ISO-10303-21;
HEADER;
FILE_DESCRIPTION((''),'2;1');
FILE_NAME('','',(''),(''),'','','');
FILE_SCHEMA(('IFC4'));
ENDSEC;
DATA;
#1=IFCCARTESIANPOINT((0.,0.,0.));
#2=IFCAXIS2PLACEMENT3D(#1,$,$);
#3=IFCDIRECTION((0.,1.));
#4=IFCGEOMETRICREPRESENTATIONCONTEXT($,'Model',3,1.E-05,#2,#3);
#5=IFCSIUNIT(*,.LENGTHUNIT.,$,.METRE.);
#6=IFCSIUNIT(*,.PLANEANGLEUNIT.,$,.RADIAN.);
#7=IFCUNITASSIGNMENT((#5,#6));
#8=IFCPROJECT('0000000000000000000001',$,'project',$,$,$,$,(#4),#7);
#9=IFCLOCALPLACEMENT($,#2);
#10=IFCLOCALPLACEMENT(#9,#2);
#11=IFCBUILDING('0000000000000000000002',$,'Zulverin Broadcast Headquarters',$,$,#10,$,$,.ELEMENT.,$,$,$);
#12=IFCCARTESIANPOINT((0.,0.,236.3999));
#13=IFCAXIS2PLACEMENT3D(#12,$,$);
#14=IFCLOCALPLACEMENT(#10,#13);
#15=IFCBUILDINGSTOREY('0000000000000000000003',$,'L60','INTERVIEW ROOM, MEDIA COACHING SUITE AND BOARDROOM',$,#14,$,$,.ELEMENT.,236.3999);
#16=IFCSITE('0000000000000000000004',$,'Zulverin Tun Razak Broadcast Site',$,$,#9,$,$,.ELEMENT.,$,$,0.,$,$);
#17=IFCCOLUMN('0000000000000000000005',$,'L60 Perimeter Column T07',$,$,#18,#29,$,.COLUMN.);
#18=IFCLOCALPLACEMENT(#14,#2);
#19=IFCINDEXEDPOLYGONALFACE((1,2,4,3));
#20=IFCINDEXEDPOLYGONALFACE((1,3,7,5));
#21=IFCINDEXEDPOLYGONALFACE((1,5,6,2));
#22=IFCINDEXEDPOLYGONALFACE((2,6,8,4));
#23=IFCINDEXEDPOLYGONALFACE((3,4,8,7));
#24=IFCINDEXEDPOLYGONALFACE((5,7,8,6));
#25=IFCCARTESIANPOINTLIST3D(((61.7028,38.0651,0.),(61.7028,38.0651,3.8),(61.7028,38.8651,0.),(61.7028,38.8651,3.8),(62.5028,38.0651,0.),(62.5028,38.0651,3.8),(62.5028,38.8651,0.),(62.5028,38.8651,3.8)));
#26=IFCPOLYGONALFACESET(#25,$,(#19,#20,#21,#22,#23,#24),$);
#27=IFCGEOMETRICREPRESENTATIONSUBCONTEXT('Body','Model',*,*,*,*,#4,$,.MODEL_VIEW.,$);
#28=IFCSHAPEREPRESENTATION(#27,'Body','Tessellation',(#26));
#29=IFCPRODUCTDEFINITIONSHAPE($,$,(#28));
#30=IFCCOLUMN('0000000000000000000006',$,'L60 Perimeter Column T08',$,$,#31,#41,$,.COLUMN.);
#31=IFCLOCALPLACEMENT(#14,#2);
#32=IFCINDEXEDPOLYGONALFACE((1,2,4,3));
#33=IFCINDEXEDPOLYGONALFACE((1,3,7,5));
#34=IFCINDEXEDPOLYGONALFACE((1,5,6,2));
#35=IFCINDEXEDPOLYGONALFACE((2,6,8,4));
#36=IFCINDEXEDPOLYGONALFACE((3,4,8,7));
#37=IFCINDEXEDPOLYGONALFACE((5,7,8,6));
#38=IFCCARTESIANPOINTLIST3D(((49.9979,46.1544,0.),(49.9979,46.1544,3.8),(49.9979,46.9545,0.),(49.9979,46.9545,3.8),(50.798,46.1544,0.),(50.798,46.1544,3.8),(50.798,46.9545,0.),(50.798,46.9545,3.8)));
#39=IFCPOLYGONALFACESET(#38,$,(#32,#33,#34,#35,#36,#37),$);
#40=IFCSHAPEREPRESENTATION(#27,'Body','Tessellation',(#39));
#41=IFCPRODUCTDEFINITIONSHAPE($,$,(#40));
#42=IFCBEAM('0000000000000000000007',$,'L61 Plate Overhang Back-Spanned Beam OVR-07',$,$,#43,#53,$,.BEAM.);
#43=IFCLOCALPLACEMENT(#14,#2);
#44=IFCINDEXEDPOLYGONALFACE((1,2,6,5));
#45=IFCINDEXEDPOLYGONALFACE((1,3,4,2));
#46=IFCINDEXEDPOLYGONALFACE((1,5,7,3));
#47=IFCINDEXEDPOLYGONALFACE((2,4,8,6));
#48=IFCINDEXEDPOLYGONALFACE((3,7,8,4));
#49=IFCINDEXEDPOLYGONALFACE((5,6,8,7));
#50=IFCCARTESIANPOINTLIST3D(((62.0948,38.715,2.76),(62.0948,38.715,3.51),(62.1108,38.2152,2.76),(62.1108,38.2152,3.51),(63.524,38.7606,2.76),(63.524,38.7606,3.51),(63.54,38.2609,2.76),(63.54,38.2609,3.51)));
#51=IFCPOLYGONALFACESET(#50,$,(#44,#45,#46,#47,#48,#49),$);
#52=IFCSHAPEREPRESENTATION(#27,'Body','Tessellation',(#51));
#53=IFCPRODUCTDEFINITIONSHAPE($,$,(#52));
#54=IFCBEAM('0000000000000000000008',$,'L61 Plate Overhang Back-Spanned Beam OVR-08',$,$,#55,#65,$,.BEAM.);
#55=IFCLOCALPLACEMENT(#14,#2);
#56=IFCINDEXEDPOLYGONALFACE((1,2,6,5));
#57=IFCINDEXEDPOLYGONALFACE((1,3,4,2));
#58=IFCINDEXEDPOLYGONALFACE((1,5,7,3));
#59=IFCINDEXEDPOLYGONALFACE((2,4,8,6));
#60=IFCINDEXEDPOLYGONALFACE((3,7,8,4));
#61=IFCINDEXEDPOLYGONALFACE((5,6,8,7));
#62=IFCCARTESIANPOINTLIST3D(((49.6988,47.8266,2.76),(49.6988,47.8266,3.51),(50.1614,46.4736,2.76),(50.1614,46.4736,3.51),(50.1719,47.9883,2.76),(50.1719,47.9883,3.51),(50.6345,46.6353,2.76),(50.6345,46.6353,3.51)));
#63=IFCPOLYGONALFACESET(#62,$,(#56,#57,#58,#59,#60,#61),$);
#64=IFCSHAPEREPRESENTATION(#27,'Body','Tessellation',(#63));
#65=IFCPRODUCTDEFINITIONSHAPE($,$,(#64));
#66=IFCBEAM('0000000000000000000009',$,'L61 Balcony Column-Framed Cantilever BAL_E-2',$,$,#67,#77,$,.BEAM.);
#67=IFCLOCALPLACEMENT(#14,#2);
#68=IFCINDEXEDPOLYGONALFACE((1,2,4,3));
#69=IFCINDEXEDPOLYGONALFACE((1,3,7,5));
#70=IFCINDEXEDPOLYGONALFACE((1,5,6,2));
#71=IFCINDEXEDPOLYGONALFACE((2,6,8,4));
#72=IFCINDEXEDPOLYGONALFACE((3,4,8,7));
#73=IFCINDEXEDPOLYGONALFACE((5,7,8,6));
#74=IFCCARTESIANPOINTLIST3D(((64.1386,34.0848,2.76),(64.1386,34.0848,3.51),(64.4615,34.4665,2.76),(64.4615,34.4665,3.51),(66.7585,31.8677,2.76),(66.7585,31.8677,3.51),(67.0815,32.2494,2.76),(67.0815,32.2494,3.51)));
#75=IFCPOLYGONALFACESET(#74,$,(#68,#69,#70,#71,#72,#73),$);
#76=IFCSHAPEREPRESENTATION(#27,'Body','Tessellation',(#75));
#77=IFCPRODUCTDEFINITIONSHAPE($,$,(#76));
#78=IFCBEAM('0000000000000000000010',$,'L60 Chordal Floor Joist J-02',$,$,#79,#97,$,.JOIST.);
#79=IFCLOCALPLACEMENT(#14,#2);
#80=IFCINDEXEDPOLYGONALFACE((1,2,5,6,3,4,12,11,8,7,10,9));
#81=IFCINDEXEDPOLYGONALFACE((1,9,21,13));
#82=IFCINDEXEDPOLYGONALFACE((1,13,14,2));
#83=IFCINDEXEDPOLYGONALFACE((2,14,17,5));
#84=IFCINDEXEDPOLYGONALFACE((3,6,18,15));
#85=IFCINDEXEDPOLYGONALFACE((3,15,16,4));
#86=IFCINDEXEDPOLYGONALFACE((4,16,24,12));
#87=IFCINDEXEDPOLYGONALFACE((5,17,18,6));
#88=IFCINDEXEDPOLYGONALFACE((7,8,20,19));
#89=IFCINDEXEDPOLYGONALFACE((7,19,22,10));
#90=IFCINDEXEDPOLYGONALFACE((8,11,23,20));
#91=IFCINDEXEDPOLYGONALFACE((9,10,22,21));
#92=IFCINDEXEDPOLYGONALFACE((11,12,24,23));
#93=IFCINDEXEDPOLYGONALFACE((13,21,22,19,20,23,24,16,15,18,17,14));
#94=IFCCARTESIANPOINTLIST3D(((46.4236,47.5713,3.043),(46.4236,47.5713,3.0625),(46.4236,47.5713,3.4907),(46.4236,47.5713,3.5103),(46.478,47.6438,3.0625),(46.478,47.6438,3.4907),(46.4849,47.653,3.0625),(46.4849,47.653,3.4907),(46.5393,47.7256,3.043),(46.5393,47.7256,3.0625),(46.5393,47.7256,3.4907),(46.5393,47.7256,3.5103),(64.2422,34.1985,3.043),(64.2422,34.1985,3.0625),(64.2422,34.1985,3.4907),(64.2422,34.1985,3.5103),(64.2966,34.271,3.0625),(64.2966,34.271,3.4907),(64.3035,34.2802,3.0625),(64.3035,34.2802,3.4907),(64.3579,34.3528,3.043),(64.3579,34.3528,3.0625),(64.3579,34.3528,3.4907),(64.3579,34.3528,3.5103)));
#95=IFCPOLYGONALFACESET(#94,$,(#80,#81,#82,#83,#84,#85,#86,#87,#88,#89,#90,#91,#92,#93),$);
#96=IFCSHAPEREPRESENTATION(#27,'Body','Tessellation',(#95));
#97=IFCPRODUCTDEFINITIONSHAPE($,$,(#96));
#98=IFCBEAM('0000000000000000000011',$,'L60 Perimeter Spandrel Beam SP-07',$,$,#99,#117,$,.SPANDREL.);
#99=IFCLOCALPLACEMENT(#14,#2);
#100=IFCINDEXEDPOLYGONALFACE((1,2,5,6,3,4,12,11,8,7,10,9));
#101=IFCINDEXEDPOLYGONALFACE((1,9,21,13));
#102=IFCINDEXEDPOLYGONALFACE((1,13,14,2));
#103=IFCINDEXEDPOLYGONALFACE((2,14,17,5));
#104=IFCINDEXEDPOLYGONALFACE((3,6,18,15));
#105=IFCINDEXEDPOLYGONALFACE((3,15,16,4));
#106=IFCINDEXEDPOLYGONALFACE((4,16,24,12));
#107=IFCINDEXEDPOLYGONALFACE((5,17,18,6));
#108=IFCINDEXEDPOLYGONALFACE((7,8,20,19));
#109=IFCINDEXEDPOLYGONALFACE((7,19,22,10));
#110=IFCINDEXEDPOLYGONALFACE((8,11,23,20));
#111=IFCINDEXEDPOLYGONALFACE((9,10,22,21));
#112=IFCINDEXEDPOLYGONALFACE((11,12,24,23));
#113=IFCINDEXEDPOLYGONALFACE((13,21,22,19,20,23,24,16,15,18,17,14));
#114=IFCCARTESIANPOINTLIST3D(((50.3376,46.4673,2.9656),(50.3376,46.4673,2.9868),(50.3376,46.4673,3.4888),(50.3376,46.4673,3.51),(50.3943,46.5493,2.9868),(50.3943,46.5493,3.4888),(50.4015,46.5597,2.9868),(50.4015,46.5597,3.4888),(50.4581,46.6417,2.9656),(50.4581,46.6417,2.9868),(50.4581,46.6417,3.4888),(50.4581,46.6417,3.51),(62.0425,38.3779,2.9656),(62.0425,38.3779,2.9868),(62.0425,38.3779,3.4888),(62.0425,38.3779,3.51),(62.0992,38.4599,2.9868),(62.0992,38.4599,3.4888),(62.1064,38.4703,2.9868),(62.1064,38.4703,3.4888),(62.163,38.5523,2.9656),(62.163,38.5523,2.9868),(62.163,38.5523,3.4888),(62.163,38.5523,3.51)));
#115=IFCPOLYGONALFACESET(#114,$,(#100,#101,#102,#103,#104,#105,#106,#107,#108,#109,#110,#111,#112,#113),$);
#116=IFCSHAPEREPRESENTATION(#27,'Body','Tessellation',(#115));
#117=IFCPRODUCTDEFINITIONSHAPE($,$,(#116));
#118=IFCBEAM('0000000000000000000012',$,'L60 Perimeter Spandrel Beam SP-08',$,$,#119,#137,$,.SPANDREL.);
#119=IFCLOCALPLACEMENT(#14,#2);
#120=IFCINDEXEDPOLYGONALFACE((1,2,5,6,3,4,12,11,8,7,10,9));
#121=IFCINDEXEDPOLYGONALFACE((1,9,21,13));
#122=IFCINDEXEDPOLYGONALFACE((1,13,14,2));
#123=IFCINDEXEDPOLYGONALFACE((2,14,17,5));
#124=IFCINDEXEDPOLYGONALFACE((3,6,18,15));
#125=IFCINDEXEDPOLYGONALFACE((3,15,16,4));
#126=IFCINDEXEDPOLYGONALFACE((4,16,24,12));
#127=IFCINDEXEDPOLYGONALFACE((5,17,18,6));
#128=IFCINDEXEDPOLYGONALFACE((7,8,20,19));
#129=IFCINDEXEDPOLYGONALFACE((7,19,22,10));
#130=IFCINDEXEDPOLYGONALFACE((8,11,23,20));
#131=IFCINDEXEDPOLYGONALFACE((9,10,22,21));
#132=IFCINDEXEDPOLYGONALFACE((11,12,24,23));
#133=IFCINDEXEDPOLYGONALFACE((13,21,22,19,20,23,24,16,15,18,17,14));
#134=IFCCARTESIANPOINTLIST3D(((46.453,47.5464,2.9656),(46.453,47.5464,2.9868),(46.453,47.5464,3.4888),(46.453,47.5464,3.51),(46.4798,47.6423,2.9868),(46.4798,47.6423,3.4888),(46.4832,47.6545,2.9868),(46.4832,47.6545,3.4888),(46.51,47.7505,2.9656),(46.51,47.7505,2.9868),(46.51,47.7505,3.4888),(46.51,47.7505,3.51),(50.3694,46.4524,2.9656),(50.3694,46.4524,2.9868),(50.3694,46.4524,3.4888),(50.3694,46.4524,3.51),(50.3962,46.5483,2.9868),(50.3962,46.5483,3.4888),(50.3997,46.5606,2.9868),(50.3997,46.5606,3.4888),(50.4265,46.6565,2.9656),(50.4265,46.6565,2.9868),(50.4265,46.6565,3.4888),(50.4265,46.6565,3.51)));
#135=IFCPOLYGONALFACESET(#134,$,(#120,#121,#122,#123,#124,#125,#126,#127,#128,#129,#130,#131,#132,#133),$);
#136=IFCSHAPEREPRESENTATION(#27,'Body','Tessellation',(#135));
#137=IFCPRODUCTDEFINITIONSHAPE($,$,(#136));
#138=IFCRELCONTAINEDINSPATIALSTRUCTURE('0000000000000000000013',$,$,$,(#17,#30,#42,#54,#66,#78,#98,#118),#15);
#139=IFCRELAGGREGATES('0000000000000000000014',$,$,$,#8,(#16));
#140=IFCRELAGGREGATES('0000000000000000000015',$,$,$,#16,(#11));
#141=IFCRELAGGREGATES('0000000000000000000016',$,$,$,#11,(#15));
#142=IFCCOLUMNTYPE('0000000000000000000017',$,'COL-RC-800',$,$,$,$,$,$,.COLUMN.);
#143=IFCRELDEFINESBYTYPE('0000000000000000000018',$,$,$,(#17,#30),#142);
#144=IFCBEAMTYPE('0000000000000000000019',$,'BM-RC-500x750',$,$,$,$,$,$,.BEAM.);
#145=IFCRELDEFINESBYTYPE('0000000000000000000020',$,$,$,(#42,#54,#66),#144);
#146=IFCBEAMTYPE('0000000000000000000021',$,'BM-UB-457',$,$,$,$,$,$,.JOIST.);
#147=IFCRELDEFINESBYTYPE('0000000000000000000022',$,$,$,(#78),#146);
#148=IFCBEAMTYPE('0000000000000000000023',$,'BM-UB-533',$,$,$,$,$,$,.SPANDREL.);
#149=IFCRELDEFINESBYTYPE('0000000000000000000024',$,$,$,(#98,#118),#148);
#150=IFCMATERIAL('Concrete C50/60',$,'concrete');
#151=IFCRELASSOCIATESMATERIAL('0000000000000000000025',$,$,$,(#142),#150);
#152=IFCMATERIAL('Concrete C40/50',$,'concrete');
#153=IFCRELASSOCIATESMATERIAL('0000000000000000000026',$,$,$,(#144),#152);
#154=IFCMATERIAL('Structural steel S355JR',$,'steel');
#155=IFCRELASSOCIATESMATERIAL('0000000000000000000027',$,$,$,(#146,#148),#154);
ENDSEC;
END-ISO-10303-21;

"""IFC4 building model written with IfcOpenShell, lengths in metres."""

from ifc_helpers import new_model, si_unit, direction, frame, origin, origin_2d, place, context, subcontext, project, spatial, rectangle, i_section, extrude, material, material_profile, profile_set, type_object, element, save


model = new_model("IFC4")

# Units and contexts
model_context = context("Model", 3, precision=1e-05, world=origin(), true_north=direction((0.0, 1.0)))
body_context = subcontext(model_context, "Body", "Model", "MODEL_VIEW")
ifc_project = project(units=[si_unit("LENGTHUNIT", "METRE"), si_unit("PLANEANGLEUNIT", "RADIAN")], contexts=[model_context])

# Site, building, storey
site_placement = place(None, origin())
site = spatial("IfcSite", under=ifc_project, at=site_placement, Name="Zulverin Tun Razak Broadcast Site", CompositionType="ELEMENT", RefElevation=0.0)
building_placement = place(site_placement, origin())
building = spatial("IfcBuilding", under=site, at=building_placement, Name="Zulverin Broadcast Headquarters", CompositionType="ELEMENT")
storey_placement = place(building_placement, frame((0.0, 0.0, 236.3999)))
storey = spatial("IfcBuildingStorey", under=building, at=storey_placement, Name="L60", Description="INTERVIEW ROOM, MEDIA COACHING SUITE AND BOARDROOM", CompositionType="ELEMENT", Elevation=236.3999)

# Columns
ifc_material_1 = material(Name="Concrete C50/60", Category="concrete")
ifc_material_profile_1 = material_profile(ifc_material_1, rectangle(XDim=0.8, YDim=0.8, at=origin_2d()), Name="Concrete C50/60", Category="concrete")
ifc_profile_set_1 = profile_set([ifc_material_profile_1], Name="Concrete C50/60")
column_type = type_object("IfcColumnType", Name="COL-RC-800", PredefinedType="COLUMN", material=ifc_profile_set_1)
for number, where, z_axis, x_axis, name in (
    (1, (62.1028, 38.4651, 0.0), (0.0, 0.0, 1.0), (1.0, 0.0, 0.0), "L60 Perimeter Column T07"),
    (2, (50.3979, 46.5544, 0.0), (0.0, 0.0, 1.0), (1.0, 0.0, 0.0), "L60 Perimeter Column T08"),
):
    element("IfcColumn", number, at=place(storey_placement, frame(where, z_axis=z_axis, x_axis=x_axis)), inside=storey, type_object=column_type, Name=name, PredefinedType="COLUMN", context=body_context, shape_type="SweptSolid", body=[
        extrude(rectangle(XDim=0.8, YDim=0.8, at=origin_2d()), origin(), (0.0, 0.0, 1.0), 3.8),
    ])

# Beams
ifc_material_2 = material(Name="Concrete C40/50", Category="concrete")
ifc_material_profile_2 = material_profile(ifc_material_2, rectangle(XDim=0.5, YDim=0.75, at=origin_2d()), Name="Concrete C40/50", Category="concrete")
ifc_profile_set_2 = profile_set([ifc_material_profile_2], Name="Concrete C40/50")
beam_type_1 = type_object("IfcBeamType", Name="BM-RC-500x750", PredefinedType="BEAM", material=ifc_profile_set_2)
for number, where, z_axis, x_axis, name in (
    (3, (62.1028, 38.4651, 3.135), (0.99949, 0.031928, 0.0), (-0.031928, 0.99949, 0.0), "L61 Plate Overhang Back-Spanned Beam OVR-07"),
    (4, (50.3979, 46.5544, 3.135), (-0.323543, 0.946214, 0.0), (-0.946214, -0.323543, 0.0), "L61 Plate Overhang Back-Spanned Beam OVR-08"),
):
    element("IfcBeam", number, at=place(storey_placement, frame(where, z_axis=z_axis, x_axis=x_axis)), inside=storey, type_object=beam_type_1, Name=name, PredefinedType="BEAM", context=body_context, shape_type="SweptSolid", body=[
        extrude(rectangle(XDim=0.5, YDim=0.75, at=origin_2d()), origin(), (0.0, 0.0, 1.0), 1.4299),
    ])
beam_1_placement = place(storey_placement, frame((64.3, 34.2756, 3.135), z_axis=(0.763354, -0.645981, 0.0), x_axis=(0.645981, 0.763354, 0.0)))
element("IfcBeam", 5, at=beam_1_placement, inside=storey, type_object=beam_type_1, Name="L61 Balcony Column-Framed Cantilever BAL_E-2", PredefinedType="BEAM", context=body_context, shape_type="SweptSolid", body=[
    extrude(rectangle(XDim=0.5, YDim=0.75, at=origin_2d()), origin(), (0.0, 0.0, 1.0), 3.4321),
])
ifc_material_3 = material(Name="Structural steel S355JR", Category="steel")
ifc_material_profile_3 = material_profile(ifc_material_3, i_section(OverallWidth=0.1929, OverallDepth=0.4673, WebThickness=0.0115, FlangeThickness=0.0195, at=origin_2d()), Name="Structural steel S355JR", Category="steel")
ifc_profile_set_3 = profile_set([ifc_material_profile_3], Name="Structural steel S355JR")
beam_type_2 = type_object("IfcBeamType", Name="BM-UB-457", PredefinedType="JOIST", material=ifc_profile_set_3)
beam_2_placement = place(storey_placement, frame((64.3, 34.2756, 3.2766), z_axis=(-0.799809, 0.600254, 0.0), x_axis=(-0.600254, -0.799809, 0.0)))
element("IfcBeam", 6, at=beam_2_placement, inside=storey, type_object=beam_type_2, Name="L60 Chordal Floor Joist J-02", PredefinedType="JOIST", context=body_context, shape_type="SweptSolid", body=[
    extrude(i_section(OverallWidth=0.1929, OverallDepth=0.4673, WebThickness=0.0115, FlangeThickness=0.0195, at=origin_2d()), origin(), (0.0, 0.0, 1.0), 22.2786),
])
ifc_material_profile_4 = material_profile(ifc_material_3, i_section(OverallWidth=0.2119, OverallDepth=0.5444, WebThickness=0.0127, FlangeThickness=0.0212, at=origin_2d()), Name="Structural steel S355JR", Category="steel")
ifc_profile_set_4 = profile_set([ifc_material_profile_4], Name="Structural steel S355JR")
beam_type_3 = type_object("IfcBeamType", Name="BM-UB-533", PredefinedType="SPANDREL", material=ifc_profile_set_4)
beam_3_placement = place(storey_placement, frame((62.1028, 38.4651, 3.2378), z_axis=(-0.822652, 0.568545, 0.0), x_axis=(-0.568545, -0.822652, 0.0)))
element("IfcBeam", 7, at=beam_3_placement, inside=storey, type_object=beam_type_3, Name="L60 Perimeter Spandrel Beam SP-07", PredefinedType="SPANDREL", context=body_context, shape_type="SweptSolid", body=[
    extrude(i_section(OverallWidth=0.2119, OverallDepth=0.5444, WebThickness=0.0127, FlangeThickness=0.0212, at=origin_2d()), origin(), (0.0, 0.0, 1.0), 14.2283),
])
beam_4_placement = place(storey_placement, frame((50.3979, 46.5544, 3.2378), z_axis=(-0.963132, 0.269031, 0.0), x_axis=(-0.269031, -0.963132, 0.0)))
element("IfcBeam", 8, at=beam_4_placement, inside=storey, type_object=beam_type_3, Name="L60 Perimeter Spandrel Beam SP-08", PredefinedType="SPANDREL", context=body_context, shape_type="SweptSolid", body=[
    extrude(i_section(OverallWidth=0.2119, OverallDepth=0.5444, WebThickness=0.0127, FlangeThickness=0.0212, at=origin_2d()), origin(), (0.0, 0.0, 1.0), 4.0664),
])

save(model, "model.ifc")
